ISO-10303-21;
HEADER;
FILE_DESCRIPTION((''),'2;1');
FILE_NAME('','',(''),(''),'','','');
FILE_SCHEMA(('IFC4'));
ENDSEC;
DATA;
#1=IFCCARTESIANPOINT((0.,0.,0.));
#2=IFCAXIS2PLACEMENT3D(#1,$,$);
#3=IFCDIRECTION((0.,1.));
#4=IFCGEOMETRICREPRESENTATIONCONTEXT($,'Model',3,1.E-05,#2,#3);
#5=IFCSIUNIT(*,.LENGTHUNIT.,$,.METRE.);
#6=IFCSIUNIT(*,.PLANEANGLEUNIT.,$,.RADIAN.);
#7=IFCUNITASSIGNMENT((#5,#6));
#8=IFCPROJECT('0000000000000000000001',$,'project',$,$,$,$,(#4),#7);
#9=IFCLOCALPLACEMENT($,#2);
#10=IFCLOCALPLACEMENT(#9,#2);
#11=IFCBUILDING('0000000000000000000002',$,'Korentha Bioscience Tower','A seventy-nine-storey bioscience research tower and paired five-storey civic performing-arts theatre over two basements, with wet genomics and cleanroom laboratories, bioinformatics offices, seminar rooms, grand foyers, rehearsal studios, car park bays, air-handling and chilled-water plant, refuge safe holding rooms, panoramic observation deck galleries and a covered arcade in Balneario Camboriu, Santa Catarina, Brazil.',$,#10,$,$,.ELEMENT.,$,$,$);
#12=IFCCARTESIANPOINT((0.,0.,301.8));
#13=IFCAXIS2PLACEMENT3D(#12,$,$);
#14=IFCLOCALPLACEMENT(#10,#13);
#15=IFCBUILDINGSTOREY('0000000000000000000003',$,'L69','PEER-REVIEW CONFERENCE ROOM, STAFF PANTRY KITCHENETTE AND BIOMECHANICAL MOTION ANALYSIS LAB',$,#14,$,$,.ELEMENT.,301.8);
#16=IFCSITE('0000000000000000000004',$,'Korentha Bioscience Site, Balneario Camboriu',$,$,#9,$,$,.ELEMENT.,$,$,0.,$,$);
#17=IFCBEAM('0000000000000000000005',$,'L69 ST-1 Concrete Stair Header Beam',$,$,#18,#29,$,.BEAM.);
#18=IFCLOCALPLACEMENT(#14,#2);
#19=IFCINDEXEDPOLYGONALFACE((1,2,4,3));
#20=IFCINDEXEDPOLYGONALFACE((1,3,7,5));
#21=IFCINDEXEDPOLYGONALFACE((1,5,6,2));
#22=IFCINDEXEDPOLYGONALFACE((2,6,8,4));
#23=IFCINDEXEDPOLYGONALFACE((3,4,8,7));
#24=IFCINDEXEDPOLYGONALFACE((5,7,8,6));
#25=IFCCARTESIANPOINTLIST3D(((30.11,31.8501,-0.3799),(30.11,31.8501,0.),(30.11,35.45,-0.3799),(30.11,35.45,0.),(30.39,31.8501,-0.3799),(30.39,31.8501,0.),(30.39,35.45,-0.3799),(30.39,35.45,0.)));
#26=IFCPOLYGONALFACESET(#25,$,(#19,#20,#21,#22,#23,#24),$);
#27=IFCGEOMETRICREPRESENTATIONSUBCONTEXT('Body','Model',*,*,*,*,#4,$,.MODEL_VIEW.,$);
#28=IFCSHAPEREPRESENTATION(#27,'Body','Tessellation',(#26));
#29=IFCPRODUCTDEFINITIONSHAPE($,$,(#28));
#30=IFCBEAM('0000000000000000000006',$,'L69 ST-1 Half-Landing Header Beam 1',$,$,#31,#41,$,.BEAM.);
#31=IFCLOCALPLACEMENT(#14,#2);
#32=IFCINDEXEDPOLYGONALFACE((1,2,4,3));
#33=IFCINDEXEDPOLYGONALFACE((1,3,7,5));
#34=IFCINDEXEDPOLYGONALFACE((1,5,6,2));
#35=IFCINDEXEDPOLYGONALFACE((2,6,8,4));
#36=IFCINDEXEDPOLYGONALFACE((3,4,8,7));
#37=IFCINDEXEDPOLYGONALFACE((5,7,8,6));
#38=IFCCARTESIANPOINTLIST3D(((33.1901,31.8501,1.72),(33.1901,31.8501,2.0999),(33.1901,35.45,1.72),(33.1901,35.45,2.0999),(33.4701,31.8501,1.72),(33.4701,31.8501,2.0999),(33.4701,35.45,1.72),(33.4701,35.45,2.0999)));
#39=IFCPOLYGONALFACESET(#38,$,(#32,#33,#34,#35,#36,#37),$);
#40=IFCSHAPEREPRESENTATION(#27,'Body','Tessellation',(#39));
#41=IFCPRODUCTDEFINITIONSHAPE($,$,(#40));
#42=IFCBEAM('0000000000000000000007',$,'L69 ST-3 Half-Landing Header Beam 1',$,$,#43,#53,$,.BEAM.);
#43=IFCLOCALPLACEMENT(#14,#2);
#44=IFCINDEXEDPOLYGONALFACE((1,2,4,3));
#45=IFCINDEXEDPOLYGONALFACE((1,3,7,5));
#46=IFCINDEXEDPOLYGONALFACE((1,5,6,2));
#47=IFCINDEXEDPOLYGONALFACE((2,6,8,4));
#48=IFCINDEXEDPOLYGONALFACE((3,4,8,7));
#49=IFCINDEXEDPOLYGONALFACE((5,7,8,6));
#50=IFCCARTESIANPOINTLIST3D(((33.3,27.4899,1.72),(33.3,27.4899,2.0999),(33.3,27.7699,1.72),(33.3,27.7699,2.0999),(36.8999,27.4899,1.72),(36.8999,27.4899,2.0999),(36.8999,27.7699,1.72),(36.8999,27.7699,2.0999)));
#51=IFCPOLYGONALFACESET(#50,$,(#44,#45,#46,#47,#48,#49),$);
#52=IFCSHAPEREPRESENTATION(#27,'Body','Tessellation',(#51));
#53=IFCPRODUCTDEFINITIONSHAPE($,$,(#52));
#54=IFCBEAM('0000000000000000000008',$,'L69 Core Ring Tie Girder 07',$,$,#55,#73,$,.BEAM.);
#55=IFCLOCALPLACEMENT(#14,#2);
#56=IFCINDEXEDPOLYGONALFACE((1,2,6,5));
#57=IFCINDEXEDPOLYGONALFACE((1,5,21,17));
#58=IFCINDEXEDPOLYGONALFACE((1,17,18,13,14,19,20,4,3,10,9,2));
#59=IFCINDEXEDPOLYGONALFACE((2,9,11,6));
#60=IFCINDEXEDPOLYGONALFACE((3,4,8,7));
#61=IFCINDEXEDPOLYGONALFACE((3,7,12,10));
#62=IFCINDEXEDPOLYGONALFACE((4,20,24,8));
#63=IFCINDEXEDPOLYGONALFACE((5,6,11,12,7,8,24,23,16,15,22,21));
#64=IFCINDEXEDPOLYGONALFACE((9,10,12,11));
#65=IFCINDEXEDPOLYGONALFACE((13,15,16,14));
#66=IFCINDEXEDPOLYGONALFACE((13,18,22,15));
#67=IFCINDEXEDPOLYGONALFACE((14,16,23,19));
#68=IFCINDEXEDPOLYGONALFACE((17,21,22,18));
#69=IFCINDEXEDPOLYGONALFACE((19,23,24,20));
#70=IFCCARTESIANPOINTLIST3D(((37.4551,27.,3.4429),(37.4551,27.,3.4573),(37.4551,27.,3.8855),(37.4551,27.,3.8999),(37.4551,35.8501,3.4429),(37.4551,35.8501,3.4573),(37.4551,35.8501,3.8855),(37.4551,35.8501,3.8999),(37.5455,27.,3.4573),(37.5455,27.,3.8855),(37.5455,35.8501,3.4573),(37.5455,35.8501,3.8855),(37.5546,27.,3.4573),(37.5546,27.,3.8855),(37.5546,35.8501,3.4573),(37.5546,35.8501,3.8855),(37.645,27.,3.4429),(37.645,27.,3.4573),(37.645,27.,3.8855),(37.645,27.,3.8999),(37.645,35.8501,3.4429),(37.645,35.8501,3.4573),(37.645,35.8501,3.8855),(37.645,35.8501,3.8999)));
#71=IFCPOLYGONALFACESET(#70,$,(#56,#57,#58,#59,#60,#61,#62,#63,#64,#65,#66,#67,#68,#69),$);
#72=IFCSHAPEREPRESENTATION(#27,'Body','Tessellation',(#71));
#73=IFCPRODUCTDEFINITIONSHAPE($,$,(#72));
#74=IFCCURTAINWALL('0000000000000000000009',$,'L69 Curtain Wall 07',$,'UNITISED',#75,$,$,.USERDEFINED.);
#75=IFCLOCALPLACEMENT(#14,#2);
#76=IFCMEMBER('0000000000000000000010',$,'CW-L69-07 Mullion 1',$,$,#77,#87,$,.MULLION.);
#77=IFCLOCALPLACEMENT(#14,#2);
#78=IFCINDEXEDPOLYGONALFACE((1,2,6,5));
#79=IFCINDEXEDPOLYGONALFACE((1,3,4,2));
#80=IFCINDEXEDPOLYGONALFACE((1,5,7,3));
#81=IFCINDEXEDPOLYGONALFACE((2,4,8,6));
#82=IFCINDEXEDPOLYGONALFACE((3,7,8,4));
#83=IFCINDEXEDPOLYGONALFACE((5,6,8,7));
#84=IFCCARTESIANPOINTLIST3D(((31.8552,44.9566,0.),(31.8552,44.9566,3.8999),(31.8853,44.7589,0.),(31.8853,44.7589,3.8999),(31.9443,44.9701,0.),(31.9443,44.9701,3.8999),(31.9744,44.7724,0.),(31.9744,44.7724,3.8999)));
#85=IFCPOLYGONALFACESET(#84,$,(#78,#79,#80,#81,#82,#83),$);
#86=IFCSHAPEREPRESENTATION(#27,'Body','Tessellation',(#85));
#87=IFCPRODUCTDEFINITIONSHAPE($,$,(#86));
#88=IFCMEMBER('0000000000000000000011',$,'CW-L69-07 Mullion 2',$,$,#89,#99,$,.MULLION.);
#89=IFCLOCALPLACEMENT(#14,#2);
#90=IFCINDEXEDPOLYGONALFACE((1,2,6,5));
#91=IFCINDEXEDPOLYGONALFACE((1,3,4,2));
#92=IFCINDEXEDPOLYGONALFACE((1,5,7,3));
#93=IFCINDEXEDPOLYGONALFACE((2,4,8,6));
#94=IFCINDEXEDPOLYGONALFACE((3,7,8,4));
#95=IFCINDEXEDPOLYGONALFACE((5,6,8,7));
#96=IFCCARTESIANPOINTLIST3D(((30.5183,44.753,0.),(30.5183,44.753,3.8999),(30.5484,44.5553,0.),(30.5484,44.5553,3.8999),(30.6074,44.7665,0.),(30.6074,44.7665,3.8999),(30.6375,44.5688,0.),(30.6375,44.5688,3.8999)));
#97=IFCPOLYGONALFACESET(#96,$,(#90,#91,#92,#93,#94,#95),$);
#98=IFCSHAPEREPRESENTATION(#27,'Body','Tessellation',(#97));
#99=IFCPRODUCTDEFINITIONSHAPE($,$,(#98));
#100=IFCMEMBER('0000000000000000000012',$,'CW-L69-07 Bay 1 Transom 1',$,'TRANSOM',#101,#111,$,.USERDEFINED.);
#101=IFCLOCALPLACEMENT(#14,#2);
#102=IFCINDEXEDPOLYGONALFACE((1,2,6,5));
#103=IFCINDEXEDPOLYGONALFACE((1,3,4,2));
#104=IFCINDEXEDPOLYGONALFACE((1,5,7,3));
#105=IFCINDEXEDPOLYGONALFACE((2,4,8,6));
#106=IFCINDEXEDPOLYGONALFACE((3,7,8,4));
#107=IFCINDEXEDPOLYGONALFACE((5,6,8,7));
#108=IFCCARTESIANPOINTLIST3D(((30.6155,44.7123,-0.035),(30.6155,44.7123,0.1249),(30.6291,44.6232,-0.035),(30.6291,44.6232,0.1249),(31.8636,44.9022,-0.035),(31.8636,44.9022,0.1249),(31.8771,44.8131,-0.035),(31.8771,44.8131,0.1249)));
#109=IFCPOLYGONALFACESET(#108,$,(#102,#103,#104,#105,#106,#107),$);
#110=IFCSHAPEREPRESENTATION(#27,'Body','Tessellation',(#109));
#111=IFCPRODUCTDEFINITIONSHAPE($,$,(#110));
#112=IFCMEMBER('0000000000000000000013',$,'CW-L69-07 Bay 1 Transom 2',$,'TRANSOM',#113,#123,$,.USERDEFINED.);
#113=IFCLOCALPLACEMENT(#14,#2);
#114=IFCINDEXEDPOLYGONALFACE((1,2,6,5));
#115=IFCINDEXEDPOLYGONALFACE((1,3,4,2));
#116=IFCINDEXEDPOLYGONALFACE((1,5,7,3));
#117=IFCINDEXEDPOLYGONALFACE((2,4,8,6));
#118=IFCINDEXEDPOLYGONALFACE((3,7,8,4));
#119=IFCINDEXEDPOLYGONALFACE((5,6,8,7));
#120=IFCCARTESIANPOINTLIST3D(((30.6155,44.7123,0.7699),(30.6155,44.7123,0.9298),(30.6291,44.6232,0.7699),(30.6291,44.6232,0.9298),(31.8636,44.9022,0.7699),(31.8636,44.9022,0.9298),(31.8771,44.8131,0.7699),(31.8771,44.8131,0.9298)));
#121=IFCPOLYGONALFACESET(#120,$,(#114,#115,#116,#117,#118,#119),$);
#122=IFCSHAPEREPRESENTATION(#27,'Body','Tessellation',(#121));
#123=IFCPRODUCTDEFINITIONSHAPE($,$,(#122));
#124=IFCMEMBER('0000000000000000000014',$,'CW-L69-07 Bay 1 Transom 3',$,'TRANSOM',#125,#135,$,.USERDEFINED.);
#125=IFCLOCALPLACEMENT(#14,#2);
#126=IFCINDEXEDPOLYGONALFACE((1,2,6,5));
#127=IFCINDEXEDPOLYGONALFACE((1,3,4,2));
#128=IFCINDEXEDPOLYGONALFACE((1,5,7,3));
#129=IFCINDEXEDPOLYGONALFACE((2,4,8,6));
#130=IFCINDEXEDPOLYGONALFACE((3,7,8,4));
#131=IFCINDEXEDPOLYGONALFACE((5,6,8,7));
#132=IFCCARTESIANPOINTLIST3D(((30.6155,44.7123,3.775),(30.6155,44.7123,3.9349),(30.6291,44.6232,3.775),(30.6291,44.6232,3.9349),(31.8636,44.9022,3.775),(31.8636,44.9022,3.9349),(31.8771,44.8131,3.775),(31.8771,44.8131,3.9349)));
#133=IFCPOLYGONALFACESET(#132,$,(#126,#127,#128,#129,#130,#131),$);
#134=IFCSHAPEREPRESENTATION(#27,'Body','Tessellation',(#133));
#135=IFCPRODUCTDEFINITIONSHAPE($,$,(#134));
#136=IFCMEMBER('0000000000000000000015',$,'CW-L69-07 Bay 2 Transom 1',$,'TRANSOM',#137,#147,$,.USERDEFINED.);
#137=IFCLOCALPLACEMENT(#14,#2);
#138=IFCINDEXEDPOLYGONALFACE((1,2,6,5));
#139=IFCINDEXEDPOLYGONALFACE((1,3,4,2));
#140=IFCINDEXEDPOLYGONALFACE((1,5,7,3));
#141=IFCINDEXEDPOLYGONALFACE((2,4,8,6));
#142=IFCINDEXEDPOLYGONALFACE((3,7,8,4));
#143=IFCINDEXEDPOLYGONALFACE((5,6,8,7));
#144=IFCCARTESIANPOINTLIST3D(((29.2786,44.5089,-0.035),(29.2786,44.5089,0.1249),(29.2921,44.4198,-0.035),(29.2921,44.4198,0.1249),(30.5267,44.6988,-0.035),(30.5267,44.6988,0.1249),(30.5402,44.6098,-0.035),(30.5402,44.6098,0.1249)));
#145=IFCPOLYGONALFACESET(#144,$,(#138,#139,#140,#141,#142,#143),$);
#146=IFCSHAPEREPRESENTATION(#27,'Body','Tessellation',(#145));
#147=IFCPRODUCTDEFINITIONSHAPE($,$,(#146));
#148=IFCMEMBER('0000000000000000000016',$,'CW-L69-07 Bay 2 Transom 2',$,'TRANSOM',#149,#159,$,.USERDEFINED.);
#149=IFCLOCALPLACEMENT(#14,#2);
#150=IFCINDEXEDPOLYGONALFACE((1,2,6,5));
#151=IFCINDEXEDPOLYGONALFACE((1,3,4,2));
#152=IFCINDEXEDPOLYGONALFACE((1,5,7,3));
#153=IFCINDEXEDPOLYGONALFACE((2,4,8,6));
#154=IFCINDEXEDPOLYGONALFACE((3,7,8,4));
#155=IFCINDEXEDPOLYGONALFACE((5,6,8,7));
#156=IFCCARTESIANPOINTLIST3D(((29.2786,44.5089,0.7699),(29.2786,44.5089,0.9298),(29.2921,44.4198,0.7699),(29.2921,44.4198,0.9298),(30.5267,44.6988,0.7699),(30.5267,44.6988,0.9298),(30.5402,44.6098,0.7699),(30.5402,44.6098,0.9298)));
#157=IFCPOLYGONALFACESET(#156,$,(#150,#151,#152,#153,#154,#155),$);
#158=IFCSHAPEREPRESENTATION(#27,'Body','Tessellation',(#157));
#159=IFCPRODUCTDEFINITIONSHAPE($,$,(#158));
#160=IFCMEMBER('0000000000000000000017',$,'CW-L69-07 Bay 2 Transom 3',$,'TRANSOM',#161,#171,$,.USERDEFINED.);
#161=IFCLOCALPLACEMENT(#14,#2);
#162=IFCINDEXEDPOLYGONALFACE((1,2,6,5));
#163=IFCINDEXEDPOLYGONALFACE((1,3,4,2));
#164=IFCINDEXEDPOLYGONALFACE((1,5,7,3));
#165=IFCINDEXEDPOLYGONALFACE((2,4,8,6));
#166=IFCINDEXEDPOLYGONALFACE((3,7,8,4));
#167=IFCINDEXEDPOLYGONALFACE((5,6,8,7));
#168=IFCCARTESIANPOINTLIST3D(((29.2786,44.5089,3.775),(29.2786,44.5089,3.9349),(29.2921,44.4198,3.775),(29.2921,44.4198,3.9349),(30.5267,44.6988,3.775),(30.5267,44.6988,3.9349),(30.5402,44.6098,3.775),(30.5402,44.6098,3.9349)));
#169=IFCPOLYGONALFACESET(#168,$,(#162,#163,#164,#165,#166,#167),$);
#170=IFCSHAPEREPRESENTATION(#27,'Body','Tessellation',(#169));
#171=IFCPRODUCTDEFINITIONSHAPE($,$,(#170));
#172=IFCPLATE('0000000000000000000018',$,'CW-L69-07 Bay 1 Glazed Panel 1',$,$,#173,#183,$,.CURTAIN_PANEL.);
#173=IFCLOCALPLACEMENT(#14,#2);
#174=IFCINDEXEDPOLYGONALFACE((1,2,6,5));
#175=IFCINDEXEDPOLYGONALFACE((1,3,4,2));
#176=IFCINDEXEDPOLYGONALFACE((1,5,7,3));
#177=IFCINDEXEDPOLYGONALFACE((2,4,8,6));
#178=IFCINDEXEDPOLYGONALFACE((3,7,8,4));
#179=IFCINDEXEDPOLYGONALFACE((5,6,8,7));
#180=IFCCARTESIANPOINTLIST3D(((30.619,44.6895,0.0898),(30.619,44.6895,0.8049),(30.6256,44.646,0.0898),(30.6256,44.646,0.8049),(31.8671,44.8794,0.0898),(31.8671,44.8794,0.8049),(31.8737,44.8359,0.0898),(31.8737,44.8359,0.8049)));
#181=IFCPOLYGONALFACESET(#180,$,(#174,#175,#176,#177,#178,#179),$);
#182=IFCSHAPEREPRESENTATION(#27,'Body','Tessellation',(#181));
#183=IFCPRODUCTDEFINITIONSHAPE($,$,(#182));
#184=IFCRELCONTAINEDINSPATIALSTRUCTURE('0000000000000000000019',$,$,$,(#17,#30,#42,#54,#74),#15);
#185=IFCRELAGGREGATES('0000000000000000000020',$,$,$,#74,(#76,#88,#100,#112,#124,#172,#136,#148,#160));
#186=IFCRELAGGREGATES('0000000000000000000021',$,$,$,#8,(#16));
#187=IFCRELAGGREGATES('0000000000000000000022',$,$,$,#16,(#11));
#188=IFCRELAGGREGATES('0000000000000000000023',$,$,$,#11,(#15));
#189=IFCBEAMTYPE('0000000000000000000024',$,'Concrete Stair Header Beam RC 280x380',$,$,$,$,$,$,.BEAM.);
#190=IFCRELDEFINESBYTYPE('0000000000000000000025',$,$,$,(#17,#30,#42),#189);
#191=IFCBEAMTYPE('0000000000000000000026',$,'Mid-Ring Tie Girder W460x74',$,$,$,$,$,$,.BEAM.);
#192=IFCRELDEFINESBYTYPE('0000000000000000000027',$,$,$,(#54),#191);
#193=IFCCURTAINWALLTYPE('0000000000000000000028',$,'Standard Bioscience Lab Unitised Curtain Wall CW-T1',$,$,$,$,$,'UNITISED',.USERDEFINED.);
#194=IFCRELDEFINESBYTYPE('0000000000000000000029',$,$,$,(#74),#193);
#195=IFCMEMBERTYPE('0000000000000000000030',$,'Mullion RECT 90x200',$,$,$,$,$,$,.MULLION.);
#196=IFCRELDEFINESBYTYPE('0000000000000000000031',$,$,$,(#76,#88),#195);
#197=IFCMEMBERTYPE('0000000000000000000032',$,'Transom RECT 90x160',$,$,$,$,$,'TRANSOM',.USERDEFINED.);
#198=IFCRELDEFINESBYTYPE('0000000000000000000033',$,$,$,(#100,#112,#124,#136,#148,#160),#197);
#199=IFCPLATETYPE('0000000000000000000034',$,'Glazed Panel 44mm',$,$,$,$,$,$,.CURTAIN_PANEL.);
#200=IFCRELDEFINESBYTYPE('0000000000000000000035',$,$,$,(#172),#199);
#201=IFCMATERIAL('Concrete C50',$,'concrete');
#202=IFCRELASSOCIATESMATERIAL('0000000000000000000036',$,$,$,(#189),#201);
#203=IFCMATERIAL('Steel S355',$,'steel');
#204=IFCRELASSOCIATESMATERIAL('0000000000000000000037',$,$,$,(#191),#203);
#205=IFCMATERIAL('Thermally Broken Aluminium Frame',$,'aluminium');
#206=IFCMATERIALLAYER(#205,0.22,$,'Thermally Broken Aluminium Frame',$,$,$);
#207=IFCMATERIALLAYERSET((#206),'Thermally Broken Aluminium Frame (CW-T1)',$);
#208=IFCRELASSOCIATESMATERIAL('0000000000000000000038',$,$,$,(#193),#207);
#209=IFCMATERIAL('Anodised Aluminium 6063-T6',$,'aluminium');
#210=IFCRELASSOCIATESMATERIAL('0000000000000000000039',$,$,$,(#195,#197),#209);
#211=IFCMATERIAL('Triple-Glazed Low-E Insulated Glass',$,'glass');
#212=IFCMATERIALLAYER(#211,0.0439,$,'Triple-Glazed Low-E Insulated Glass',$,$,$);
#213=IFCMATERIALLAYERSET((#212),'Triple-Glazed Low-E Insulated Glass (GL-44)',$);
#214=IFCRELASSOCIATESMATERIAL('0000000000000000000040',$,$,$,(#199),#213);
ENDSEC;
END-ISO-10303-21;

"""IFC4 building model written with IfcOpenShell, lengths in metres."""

from ifc_helpers import new_model, si_unit, direction, frame, origin, origin_2d, place, context, subcontext, project, spatial, rectangle, i_section, extrude, material, layer, layer_set, material_profile, profile_set, type_object, element, aggregate, save


model = new_model("IFC4")

# Units and contexts
model_context = context("Model", 3, precision=1e-05, world=origin(), true_north=direction((0.0, 1.0)))
body_context = subcontext(model_context, "Body", "Model", "MODEL_VIEW")
ifc_project = project(units=[si_unit("LENGTHUNIT", "METRE"), si_unit("PLANEANGLEUNIT", "RADIAN")], contexts=[model_context])

# Site, building, storey
site_placement = place(None, origin())
site = spatial("IfcSite", under=ifc_project, at=site_placement, Name="Korentha Bioscience Site, Balneario Camboriu", CompositionType="ELEMENT", RefElevation=0.0)
building_placement = place(site_placement, origin())
building = spatial("IfcBuilding", under=site, at=building_placement, Name="Korentha Bioscience Tower", Description="A seventy-nine-storey bioscience research tower and paired five-storey civic performing-arts theatre over two basements, with wet genomics and cleanroom laboratories, bioinformatics offices, seminar rooms, grand foyers, rehearsal studios, car park bays, air-handling and chilled-water plant, refuge safe holding rooms, panoramic observation deck galleries and a covered arcade in Balneario Camboriu, Santa Catarina, Brazil.", CompositionType="ELEMENT")
storey_placement = place(building_placement, frame((0.0, 0.0, 301.8)))
storey = spatial("IfcBuildingStorey", under=building, at=storey_placement, Name="L69", Description="PEER-REVIEW CONFERENCE ROOM, STAFF PANTRY KITCHENETTE AND BIOMECHANICAL MOTION ANALYSIS LAB", CompositionType="ELEMENT", Elevation=301.8)

# Beams
ifc_material_1 = material(Name="Concrete C50", Category="concrete")
ifc_material_profile_1 = material_profile(ifc_material_1, rectangle(XDim=0.28, YDim=0.3799, at=origin_2d()), Name="Concrete C50")
ifc_profile_set_1 = profile_set([ifc_material_profile_1], Name="Concrete C50 (ST-HB380)")
beam_type_1 = type_object("IfcBeamType", Name="Concrete Stair Header Beam RC 280x380", PredefinedType="BEAM", material=ifc_profile_set_1)
for number, where, z_axis, x_axis, name in (
    (1, (30.25, 31.8501, -0.1899), (0.0, 1.0, 0.0), (-1.0, 0.0, 0.0), "L69 ST-1 Concrete Stair Header Beam"),
    (2, (33.3301, 31.8501, 1.9099), (0.0, 1.0, 0.0), (-1.0, 0.0, 0.0), "L69 ST-1 Half-Landing Header Beam 1"),
    (3, (36.8999, 27.6299, 1.9099), (-1.0, 0.0, 0.0), (0.0, -1.0, 0.0), "L69 ST-3 Half-Landing Header Beam 1"),
):
    element("IfcBeam", number, at=place(storey_placement, frame(where, z_axis=z_axis, x_axis=x_axis)), inside=storey, type_object=beam_type_1, Name=name, PredefinedType="BEAM", context=body_context, shape_type="SweptSolid", body=[
        extrude(rectangle(XDim=0.28, YDim=0.3799, at=origin_2d()), origin(), (0.0, 0.0, 1.0), 3.5999),
    ])
ifc_material_2 = material(Name="Steel S355", Category="steel")
ifc_material_profile_2 = material_profile(ifc_material_2, i_section(OverallWidth=0.1899, OverallDepth=0.457, WebThickness=0.009, FlangeThickness=0.0144, at=origin_2d()), Name="Steel S355")
ifc_profile_set_2 = profile_set([ifc_material_profile_2], Name="Steel S355 (MB-460)")
beam_type_2 = type_object("IfcBeamType", Name="Mid-Ring Tie Girder W460x74", PredefinedType="BEAM", material=ifc_profile_set_2)
beam_placement = place(storey_placement, frame((37.55, 27.0, 3.6714), z_axis=(0.0, 1.0, 0.0), x_axis=(-1.0, 0.0, 0.0)))
element("IfcBeam", 4, at=beam_placement, inside=storey, type_object=beam_type_2, Name="L69 Core Ring Tie Girder 07", PredefinedType="BEAM", context=body_context, shape_type="SweptSolid", body=[
    extrude(i_section(OverallWidth=0.1899, OverallDepth=0.457, WebThickness=0.009, FlangeThickness=0.0144, at=origin_2d()), origin(), (0.0, 0.0, 1.0), 8.8501),
])

# Curtain wall, members, plate
ifc_material_3 = material(Name="Thermally Broken Aluminium Frame", Category="aluminium")
ifc_layer_1 = layer(ifc_material_3, 0.22, Name="Thermally Broken Aluminium Frame")
ifc_layer_set_1 = layer_set([ifc_layer_1], Name="Thermally Broken Aluminium Frame (CW-T1)")
curtain_wall_type = type_object("IfcCurtainWallType", Name="Standard Bioscience Lab Unitised Curtain Wall CW-T1", ElementType="UNITISED", PredefinedType="USERDEFINED", material=ifc_layer_set_1)
curtain_wall_placement = place(storey_placement, origin())
curtain_wall = element("IfcCurtainWall", 5, at=curtain_wall_placement, inside=storey, type_object=curtain_wall_type, Name="L69 Curtain Wall 07", ObjectType="UNITISED", PredefinedType="USERDEFINED")
ifc_material_4 = material(Name="Anodised Aluminium 6063-T6", Category="aluminium")
ifc_material_profile_3 = material_profile(ifc_material_4, rectangle(XDim=0.0901, YDim=0.2, at=origin_2d()), Name="Anodised Aluminium 6063-T6")
ifc_profile_set_3 = profile_set([ifc_material_profile_3], Name="Anodised Aluminium 6063-T6 (CW-MUL)")
member_type_1 = type_object("IfcMemberType", Name="Mullion RECT 90x200", PredefinedType="MULLION", material=ifc_profile_set_3)
member_1_placement = place(storey_placement, frame((31.9148, 44.8645, 0.0), z_axis=(0.0, 0.0, 1.0), x_axis=(-0.988621, -0.150428, 0.0)))
member_1 = element("IfcMember", 6, at=member_1_placement, type_object=member_type_1, Name="CW-L69-07 Mullion 1", PredefinedType="MULLION", context=body_context, shape_type="SweptSolid", body=[
    extrude(rectangle(XDim=0.0901, YDim=0.2, at=origin_2d()), origin(), (0.0, 0.0, 1.0), 3.8999),
])
member_2_placement = place(storey_placement, frame((30.5779, 44.6609, 0.0), z_axis=(0.0, 0.0, 1.0), x_axis=(-0.988621, -0.150428, 0.0)))
member_2 = element("IfcMember", 7, at=member_2_placement, type_object=member_type_1, Name="CW-L69-07 Mullion 2", PredefinedType="MULLION", context=body_context, shape_type="SweptSolid", body=[
    extrude(rectangle(XDim=0.0901, YDim=0.2, at=origin_2d()), origin(), (0.0, 0.0, 1.0), 3.8999),
])
ifc_material_profile_4 = material_profile(ifc_material_4, rectangle(XDim=0.0901, YDim=0.1599, at=origin_2d()), Name="Anodised Aluminium 6063-T6")
ifc_profile_set_4 = profile_set([ifc_material_profile_4], Name="Anodised Aluminium 6063-T6 (CW-TRN)")
member_type_2 = type_object("IfcMemberType", Name="Transom RECT 90x160", ElementType="TRANSOM", PredefinedType="USERDEFINED", material=ifc_profile_set_4)
member_3_placement = place(storey_placement, frame((31.8704, 44.8577, 0.0449), z_axis=(-0.988616, -0.150458, 0.0), x_axis=(0.150458, -0.988616, 0.0)))
member_3 = element("IfcMember", 8, at=member_3_placement, type_object=member_type_2, Name="CW-L69-07 Bay 1 Transom 1", ObjectType="TRANSOM", PredefinedType="USERDEFINED", context=body_context, shape_type="SweptSolid", body=[
    extrude(rectangle(XDim=0.0901, YDim=0.1599, at=origin_2d()), origin(), (0.0, 0.0, 1.0), 1.2625),
])
member_4_placement = place(storey_placement, frame((31.8704, 44.8577, 0.8499), z_axis=(-0.988616, -0.150458, 0.0), x_axis=(0.150458, -0.988616, 0.0)))
member_4 = element("IfcMember", 9, at=member_4_placement, type_object=member_type_2, Name="CW-L69-07 Bay 1 Transom 2", ObjectType="TRANSOM", PredefinedType="USERDEFINED", context=body_context, shape_type="SweptSolid", body=[
    extrude(rectangle(XDim=0.0901, YDim=0.1599, at=origin_2d()), origin(), (0.0, 0.0, 1.0), 1.2625),
])
member_5_placement = place(storey_placement, frame((31.8704, 44.8577, 3.855), z_axis=(-0.988616, -0.150458, 0.0), x_axis=(0.150458, -0.988616, 0.0)))
member_5 = element("IfcMember", 10, at=member_5_placement, type_object=member_type_2, Name="CW-L69-07 Bay 1 Transom 3", ObjectType="TRANSOM", PredefinedType="USERDEFINED", context=body_context, shape_type="SweptSolid", body=[
    extrude(rectangle(XDim=0.0901, YDim=0.1599, at=origin_2d()), origin(), (0.0, 0.0, 1.0), 1.2625),
])
member_6_placement = place(storey_placement, frame((30.5334, 44.6543, 0.0449), z_axis=(-0.988616, -0.150458, 0.0), x_axis=(0.150458, -0.988616, 0.0)))
member_6 = element("IfcMember", 11, at=member_6_placement, type_object=member_type_2, Name="CW-L69-07 Bay 2 Transom 1", ObjectType="TRANSOM", PredefinedType="USERDEFINED", context=body_context, shape_type="SweptSolid", body=[
    extrude(rectangle(XDim=0.0901, YDim=0.1599, at=origin_2d()), origin(), (0.0, 0.0, 1.0), 1.2625),
])
member_7_placement = place(storey_placement, frame((30.5334, 44.6543, 0.8499), z_axis=(-0.988616, -0.150458, 0.0), x_axis=(0.150458, -0.988616, 0.0)))
member_7 = element("IfcMember", 12, at=member_7_placement, type_object=member_type_2, Name="CW-L69-07 Bay 2 Transom 2", ObjectType="TRANSOM", PredefinedType="USERDEFINED", context=body_context, shape_type="SweptSolid", body=[
    extrude(rectangle(XDim=0.0901, YDim=0.1599, at=origin_2d()), origin(), (0.0, 0.0, 1.0), 1.2625),
])
member_8_placement = place(storey_placement, frame((30.5334, 44.6543, 3.855), z_axis=(-0.988616, -0.150458, 0.0), x_axis=(0.150458, -0.988616, 0.0)))
member_8 = element("IfcMember", 13, at=member_8_placement, type_object=member_type_2, Name="CW-L69-07 Bay 2 Transom 3", ObjectType="TRANSOM", PredefinedType="USERDEFINED", context=body_context, shape_type="SweptSolid", body=[
    extrude(rectangle(XDim=0.0901, YDim=0.1599, at=origin_2d()), origin(), (0.0, 0.0, 1.0), 1.2625),
])
ifc_material_5 = material(Name="Triple-Glazed Low-E Insulated Glass", Category="glass")
ifc_layer_2 = layer(ifc_material_5, 0.0439, Name="Triple-Glazed Low-E Insulated Glass")
ifc_layer_set_2 = layer_set([ifc_layer_2], Name="Triple-Glazed Low-E Insulated Glass (GL-44)")
plate_type = type_object("IfcPlateType", Name="Glazed Panel 44mm", PredefinedType="CURTAIN_PANEL", material=ifc_layer_set_2)
plate_1_placement = place(storey_placement, frame((31.2463, 44.7627, 0.0898), z_axis=(0.0, 0.0, 1.0), x_axis=(-0.988621, -0.150428, 0.0)))
plate_1 = element("IfcPlate", 14, at=plate_1_placement, type_object=plate_type, Name="CW-L69-07 Bay 1 Glazed Panel 1", PredefinedType="CURTAIN_PANEL", context=body_context, shape_type="SweptSolid", body=[
    extrude(rectangle(XDim=1.2625, YDim=0.0439, at=origin_2d()), origin(), (0.0, 0.0, 1.0), 0.7151),
])
aggregate(curtain_wall, [member_1, member_2, member_3, member_4, member_5, plate_1, member_6, member_7, member_8])

save(model, "model.ifc")
